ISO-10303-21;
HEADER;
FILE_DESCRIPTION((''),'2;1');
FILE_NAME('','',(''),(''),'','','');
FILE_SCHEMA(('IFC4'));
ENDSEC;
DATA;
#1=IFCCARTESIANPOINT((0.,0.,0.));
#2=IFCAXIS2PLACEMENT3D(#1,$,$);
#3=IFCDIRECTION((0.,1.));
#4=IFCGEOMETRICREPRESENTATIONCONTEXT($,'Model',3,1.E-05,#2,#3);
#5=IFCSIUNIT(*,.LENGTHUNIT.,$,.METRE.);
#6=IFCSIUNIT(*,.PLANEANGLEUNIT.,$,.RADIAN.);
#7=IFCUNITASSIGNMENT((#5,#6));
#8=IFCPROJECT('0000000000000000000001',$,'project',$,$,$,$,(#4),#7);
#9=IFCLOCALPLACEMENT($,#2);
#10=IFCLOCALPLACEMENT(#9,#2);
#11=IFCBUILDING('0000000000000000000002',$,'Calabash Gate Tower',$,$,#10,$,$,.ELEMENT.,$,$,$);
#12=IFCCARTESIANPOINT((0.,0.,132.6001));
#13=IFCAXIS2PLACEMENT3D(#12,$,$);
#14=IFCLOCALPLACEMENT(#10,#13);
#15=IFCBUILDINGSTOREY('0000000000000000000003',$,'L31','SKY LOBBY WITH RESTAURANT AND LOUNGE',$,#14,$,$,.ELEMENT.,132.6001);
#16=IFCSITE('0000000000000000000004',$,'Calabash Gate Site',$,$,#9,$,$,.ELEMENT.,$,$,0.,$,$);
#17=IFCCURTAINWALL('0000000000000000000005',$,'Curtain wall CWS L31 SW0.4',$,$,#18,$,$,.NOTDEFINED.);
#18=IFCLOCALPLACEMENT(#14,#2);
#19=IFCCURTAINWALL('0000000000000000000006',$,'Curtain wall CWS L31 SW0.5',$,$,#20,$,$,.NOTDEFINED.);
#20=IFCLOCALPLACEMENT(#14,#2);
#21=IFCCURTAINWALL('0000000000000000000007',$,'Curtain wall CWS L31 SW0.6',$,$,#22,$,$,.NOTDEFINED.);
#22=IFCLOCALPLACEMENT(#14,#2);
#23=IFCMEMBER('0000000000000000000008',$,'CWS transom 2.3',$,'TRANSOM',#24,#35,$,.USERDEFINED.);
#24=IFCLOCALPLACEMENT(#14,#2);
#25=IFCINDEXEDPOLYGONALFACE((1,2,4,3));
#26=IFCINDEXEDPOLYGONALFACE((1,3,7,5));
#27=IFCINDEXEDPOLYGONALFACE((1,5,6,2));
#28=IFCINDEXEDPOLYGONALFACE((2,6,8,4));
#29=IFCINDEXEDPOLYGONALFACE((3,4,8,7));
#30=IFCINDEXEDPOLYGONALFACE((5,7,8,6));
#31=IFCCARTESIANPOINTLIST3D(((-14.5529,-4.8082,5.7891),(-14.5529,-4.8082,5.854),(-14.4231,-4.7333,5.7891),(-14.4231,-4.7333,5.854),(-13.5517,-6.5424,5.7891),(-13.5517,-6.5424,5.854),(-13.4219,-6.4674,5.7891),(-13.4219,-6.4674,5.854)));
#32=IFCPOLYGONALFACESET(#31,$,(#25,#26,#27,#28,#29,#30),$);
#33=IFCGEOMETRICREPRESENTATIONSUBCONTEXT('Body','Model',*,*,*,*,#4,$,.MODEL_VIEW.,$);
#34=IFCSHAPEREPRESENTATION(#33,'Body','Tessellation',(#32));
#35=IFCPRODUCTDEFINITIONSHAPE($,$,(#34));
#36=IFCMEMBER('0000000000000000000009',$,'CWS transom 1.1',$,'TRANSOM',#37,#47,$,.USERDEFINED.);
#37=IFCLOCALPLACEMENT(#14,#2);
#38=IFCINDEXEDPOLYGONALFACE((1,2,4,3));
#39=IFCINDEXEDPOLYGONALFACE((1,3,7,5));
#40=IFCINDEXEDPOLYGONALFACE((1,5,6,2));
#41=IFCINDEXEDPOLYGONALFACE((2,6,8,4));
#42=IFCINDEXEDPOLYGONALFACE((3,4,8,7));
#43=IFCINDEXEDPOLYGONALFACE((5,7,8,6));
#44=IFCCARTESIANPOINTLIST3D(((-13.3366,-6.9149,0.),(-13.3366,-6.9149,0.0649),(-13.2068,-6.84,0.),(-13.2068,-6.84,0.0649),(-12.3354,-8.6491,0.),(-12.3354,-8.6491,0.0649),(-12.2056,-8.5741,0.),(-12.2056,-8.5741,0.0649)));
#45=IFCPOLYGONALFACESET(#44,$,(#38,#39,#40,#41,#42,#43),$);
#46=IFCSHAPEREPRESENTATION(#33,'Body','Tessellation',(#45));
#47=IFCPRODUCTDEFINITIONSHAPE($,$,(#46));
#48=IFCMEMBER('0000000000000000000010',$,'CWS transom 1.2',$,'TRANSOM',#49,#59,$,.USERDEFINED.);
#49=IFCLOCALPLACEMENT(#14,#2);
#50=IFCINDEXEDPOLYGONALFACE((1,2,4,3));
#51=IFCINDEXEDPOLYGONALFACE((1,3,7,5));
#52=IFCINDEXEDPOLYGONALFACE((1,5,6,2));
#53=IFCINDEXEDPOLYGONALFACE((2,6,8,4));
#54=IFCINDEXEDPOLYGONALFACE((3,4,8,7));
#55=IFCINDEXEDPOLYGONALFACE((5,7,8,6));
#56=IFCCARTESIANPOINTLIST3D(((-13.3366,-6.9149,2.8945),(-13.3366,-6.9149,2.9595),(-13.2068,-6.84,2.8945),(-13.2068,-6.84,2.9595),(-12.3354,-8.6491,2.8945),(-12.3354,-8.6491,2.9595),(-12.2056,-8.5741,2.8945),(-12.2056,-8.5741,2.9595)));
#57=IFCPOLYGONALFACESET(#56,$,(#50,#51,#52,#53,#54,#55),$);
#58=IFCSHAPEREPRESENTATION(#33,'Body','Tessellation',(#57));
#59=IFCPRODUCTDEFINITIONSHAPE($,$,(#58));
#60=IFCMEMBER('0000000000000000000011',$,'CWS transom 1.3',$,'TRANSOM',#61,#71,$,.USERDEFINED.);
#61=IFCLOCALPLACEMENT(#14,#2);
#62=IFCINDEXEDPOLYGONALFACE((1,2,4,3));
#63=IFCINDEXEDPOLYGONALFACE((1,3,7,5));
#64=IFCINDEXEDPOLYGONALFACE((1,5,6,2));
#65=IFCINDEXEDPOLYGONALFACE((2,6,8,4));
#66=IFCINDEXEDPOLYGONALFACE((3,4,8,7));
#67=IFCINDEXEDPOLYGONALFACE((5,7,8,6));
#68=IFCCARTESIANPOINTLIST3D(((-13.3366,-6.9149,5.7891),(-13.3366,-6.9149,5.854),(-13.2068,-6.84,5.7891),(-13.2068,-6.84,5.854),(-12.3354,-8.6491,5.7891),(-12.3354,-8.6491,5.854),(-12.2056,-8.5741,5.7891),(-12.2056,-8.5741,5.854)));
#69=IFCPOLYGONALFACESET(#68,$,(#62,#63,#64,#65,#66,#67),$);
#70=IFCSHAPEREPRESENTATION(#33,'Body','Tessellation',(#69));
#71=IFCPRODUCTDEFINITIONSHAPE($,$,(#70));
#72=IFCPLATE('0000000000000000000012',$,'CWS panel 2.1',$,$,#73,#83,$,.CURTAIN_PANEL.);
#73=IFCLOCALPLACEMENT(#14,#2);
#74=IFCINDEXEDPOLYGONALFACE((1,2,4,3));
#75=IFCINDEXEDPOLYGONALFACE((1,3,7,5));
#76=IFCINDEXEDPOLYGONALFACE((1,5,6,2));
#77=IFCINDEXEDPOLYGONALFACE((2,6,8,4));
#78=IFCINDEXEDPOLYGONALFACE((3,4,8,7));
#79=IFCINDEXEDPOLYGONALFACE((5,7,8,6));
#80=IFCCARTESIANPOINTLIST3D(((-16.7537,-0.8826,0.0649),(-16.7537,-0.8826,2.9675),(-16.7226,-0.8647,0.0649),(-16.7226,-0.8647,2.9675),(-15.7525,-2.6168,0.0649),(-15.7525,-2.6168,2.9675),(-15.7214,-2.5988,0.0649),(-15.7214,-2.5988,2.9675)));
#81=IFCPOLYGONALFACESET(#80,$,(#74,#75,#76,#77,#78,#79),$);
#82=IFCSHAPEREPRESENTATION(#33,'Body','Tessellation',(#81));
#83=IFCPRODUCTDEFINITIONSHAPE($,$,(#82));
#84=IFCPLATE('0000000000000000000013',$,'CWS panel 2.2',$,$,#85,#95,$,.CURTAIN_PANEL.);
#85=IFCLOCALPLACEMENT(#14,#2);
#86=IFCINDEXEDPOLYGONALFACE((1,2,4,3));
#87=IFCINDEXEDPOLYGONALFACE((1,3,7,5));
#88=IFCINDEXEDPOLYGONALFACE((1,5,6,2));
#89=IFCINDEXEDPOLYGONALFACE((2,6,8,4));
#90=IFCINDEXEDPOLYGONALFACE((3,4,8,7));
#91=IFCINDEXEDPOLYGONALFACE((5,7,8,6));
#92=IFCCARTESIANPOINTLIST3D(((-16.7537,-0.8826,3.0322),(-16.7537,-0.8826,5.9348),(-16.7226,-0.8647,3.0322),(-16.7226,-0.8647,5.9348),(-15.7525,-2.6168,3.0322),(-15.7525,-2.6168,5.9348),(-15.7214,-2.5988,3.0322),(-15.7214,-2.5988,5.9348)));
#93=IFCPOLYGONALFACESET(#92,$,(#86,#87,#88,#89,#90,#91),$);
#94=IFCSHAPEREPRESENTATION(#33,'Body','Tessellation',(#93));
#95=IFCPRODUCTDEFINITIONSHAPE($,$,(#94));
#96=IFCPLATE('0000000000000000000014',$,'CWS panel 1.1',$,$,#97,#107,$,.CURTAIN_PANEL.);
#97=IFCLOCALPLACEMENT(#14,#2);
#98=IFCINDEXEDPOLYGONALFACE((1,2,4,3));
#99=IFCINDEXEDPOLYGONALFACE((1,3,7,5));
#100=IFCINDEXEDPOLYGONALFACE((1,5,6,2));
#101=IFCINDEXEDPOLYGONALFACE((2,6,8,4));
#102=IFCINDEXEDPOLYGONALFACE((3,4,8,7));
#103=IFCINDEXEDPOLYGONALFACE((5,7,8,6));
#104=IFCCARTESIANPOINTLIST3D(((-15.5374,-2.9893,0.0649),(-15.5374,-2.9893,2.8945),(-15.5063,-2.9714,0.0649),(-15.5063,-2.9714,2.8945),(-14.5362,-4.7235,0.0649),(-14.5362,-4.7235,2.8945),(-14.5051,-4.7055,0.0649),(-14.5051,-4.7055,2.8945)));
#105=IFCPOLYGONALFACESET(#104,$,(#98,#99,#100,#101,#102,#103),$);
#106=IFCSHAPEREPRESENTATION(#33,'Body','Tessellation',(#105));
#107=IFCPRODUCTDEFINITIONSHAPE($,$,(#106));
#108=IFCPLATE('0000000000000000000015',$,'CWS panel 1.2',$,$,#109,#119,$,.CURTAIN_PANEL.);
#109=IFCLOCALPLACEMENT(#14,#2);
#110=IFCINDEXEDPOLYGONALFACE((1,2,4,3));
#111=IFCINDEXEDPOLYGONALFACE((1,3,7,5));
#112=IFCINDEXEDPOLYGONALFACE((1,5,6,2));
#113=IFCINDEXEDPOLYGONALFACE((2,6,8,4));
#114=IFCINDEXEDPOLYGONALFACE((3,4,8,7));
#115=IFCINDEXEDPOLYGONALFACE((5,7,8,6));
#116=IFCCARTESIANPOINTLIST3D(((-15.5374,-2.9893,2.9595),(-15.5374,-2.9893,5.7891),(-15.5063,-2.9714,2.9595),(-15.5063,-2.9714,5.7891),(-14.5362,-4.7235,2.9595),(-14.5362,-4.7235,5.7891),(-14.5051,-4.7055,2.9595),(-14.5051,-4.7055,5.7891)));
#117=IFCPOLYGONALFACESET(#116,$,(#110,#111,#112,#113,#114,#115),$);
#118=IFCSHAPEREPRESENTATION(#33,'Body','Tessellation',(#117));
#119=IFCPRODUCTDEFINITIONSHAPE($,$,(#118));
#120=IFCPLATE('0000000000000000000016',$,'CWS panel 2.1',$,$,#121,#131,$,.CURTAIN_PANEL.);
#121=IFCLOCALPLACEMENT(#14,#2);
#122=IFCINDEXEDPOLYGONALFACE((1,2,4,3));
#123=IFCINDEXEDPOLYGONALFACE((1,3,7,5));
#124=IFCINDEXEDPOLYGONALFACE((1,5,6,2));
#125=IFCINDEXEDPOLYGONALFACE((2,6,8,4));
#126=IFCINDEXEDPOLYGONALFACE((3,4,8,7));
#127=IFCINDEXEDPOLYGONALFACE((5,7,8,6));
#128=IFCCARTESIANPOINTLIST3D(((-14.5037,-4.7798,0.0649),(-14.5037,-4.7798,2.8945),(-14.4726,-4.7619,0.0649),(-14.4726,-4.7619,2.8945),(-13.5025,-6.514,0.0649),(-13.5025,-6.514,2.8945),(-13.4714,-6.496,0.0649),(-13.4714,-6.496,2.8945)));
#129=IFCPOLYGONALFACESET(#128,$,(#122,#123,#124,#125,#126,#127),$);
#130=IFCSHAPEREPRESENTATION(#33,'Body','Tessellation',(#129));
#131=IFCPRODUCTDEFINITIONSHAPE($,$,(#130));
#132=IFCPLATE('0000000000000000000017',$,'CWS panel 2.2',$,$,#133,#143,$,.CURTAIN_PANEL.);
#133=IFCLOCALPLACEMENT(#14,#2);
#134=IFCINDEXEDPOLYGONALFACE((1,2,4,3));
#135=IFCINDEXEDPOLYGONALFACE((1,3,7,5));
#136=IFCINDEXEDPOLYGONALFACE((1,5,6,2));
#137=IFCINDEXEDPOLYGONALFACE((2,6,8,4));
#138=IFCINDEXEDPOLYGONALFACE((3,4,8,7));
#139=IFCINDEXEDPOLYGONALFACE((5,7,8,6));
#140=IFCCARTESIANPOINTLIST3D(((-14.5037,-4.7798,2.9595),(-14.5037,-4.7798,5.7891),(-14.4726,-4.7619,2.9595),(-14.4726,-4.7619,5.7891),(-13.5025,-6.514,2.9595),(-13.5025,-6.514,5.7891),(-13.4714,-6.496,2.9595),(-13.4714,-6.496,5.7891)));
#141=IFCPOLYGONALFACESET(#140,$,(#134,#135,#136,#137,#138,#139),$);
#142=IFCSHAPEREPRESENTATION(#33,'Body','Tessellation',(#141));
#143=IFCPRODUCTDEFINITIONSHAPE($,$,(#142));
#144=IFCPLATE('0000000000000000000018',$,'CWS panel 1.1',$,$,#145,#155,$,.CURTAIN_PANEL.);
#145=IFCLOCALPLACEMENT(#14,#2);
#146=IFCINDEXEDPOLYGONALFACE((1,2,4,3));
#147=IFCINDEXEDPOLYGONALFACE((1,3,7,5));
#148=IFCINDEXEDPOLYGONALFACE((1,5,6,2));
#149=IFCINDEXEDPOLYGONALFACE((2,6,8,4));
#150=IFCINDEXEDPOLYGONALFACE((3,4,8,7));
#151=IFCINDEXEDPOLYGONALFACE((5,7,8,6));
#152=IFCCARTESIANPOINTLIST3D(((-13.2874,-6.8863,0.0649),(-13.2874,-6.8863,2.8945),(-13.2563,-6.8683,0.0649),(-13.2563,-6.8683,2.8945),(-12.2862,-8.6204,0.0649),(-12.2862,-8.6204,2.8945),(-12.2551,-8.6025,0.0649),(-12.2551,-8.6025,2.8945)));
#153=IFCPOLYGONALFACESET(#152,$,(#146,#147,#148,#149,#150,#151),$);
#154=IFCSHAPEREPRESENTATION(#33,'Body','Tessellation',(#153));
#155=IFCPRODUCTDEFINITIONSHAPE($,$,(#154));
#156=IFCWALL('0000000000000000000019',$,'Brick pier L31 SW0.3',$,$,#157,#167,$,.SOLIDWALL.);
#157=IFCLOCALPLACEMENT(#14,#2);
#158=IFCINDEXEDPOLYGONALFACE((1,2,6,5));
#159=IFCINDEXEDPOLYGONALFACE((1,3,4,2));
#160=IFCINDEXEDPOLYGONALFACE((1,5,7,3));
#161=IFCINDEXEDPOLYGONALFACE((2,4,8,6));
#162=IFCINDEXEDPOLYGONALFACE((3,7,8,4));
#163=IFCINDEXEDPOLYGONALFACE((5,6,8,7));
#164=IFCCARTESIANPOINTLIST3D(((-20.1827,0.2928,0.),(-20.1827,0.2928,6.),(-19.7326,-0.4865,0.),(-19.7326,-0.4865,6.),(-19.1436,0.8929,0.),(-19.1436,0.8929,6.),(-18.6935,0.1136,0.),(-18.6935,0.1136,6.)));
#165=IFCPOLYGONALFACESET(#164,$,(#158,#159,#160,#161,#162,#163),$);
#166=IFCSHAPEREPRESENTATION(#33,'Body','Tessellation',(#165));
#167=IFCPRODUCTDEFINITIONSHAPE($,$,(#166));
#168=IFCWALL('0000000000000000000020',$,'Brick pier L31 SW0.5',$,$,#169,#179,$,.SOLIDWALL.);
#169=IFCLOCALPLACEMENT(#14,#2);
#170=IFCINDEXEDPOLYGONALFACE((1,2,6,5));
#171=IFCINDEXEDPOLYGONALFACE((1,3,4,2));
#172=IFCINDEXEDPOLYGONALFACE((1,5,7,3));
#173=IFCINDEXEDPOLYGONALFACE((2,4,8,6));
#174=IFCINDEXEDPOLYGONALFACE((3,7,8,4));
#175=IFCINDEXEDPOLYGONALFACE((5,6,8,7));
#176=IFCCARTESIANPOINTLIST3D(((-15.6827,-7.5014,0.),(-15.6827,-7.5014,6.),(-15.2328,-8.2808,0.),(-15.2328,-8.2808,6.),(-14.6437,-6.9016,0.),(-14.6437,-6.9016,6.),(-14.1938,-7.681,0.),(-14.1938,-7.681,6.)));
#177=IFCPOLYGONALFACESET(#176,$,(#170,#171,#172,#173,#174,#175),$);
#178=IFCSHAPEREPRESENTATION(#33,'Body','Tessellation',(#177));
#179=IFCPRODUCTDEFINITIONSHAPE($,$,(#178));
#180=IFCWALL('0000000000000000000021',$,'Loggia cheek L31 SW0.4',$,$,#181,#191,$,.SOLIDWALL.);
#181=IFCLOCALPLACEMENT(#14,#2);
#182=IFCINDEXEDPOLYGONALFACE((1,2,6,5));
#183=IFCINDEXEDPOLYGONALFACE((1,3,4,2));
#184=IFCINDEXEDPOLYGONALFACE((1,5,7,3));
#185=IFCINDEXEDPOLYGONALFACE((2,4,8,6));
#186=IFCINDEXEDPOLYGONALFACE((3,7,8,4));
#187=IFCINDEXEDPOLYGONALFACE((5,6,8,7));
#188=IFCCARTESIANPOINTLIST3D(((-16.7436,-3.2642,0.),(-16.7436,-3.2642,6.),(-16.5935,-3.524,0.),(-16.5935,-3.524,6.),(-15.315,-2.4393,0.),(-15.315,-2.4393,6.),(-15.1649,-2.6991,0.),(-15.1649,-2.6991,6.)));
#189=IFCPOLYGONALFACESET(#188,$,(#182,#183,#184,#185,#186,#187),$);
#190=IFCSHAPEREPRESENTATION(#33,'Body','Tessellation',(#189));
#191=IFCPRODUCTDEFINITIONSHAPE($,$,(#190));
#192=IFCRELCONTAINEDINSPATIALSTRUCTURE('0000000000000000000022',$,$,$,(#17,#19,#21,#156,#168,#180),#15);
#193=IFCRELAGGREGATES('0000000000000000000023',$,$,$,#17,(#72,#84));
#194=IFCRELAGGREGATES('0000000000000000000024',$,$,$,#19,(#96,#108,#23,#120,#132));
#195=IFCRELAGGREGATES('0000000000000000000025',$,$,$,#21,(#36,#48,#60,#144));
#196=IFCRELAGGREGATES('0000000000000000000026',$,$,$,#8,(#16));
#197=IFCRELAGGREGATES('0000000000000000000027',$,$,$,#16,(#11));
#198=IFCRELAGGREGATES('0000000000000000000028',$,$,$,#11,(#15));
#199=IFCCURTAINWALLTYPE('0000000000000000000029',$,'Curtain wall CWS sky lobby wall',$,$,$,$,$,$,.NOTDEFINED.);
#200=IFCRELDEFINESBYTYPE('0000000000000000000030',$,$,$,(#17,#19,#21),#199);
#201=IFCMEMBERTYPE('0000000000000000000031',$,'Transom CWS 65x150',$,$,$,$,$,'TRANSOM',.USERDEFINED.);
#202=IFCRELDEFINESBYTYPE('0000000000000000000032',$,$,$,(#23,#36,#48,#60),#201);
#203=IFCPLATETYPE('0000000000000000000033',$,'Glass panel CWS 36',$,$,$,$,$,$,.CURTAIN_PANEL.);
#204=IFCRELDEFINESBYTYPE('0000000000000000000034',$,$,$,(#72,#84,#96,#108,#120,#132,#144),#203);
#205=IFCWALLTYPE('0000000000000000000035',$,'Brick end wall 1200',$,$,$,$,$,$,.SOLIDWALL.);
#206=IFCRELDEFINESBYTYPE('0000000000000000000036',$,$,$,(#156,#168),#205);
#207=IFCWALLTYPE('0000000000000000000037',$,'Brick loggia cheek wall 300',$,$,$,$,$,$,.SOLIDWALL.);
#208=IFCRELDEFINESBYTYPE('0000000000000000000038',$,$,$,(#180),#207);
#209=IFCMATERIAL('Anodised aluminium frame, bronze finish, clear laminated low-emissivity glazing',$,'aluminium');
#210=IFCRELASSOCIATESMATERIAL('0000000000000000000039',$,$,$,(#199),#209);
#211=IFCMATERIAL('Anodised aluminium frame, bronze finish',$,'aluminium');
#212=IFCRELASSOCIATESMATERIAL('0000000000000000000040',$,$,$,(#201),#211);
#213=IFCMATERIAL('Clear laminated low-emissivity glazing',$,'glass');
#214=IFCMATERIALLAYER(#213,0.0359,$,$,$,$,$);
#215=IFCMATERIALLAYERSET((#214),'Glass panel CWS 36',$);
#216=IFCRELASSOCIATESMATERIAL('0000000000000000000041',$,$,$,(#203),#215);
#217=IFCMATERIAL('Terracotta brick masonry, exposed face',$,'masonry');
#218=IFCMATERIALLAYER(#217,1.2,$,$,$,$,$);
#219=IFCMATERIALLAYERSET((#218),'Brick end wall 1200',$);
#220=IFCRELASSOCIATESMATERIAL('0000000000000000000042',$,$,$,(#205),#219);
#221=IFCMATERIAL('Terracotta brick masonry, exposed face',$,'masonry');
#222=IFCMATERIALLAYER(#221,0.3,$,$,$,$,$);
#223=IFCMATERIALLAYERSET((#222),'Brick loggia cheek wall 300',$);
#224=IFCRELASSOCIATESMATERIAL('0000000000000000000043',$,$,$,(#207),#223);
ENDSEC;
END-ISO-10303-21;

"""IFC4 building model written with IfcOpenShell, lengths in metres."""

from ifc_helpers import new_model, si_unit, direction, frame, frame_2d, origin, origin_2d, place, context, subcontext, project, spatial, rectangle, extrude, material, layer, layer_set, material_profile, profile_set, type_object, element, aggregate, save


model = new_model("IFC4")

# Units and contexts
model_context = context("Model", 3, precision=1e-05, world=origin(), true_north=direction((0.0, 1.0)))
body_context = subcontext(model_context, "Body", "Model", "MODEL_VIEW")
ifc_project = project(units=[si_unit("LENGTHUNIT", "METRE"), si_unit("PLANEANGLEUNIT", "RADIAN")], contexts=[model_context])

# Site, building, storey
site_placement = place(None, origin())
site = spatial("IfcSite", under=ifc_project, at=site_placement, Name="Calabash Gate Site", CompositionType="ELEMENT", RefElevation=0.0)
building_placement = place(site_placement, origin())
building = spatial("IfcBuilding", under=site, at=building_placement, Name="Calabash Gate Tower", CompositionType="ELEMENT")
storey_placement = place(building_placement, frame((0.0, 0.0, 132.6001)))
storey = spatial("IfcBuildingStorey", under=building, at=storey_placement, Name="L31", Description="SKY LOBBY WITH RESTAURANT AND LOUNGE", CompositionType="ELEMENT", Elevation=132.6001)

# Curtain walls
ifc_material_1 = material(Name="Anodised aluminium frame, bronze finish, clear laminated low-emissivity glazing", Category="aluminium")
curtain_wall_type = type_object("IfcCurtainWallType", Name="Curtain wall CWS sky lobby wall", PredefinedType="NOTDEFINED", material=ifc_material_1)
curtain_wall_1_placement = place(storey_placement, origin())
curtain_wall_1 = element("IfcCurtainWall", 1, at=curtain_wall_1_placement, inside=storey, type_object=curtain_wall_type, Name="Curtain wall CWS L31 SW0.4", PredefinedType="NOTDEFINED")
curtain_wall_2_placement = place(storey_placement, origin())
curtain_wall_2 = element("IfcCurtainWall", 2, at=curtain_wall_2_placement, inside=storey, type_object=curtain_wall_type, Name="Curtain wall CWS L31 SW0.5", PredefinedType="NOTDEFINED")

# Curtain wall
curtain_wall_3_placement = place(storey_placement, origin())
curtain_wall_3 = element("IfcCurtainWall", 3, at=curtain_wall_3_placement, inside=storey, type_object=curtain_wall_type, Name="Curtain wall CWS L31 SW0.6", PredefinedType="NOTDEFINED")

# Members
ifc_material_2 = material(Name="Anodised aluminium frame, bronze finish", Category="aluminium")
ifc_material_profile_1 = material_profile(ifc_material_2, rectangle(XDim=0.1499, YDim=0.0649, at=origin_2d()))
ifc_profile_set_1 = profile_set([ifc_material_profile_1], Name="Anodised aluminium frame, bronze finish")
member_type_1 = type_object("IfcMemberType", Name="Transom CWS 65x150", ElementType="TRANSOM", PredefinedType="USERDEFINED", material=ifc_profile_set_1)
member_1_placement = place(storey_placement, frame((-14.488, -4.7708, 5.8215), z_axis=(0.500007, -0.866021, 0.0), x_axis=(0.866021, 0.500007, 0.0)))
member_1 = element("IfcMember", 4, at=member_1_placement, type_object=member_type_1, Name="CWS transom 2.3", ObjectType="TRANSOM", PredefinedType="USERDEFINED", context=body_context, shape_type="SweptSolid", body=[
    extrude(rectangle(XDim=0.1499, YDim=0.0649, at=origin_2d()), origin(), (0.0, 0.0, 1.0), 2.0024),
])
member_2_placement = place(storey_placement, frame((-13.2717, -6.8774, 0.0325), z_axis=(0.500007, -0.866021, 0.0), x_axis=(0.866021, 0.500007, 0.0)))
member_2 = element("IfcMember", 5, at=member_2_placement, type_object=member_type_1, Name="CWS transom 1.1", ObjectType="TRANSOM", PredefinedType="USERDEFINED", context=body_context, shape_type="SweptSolid", body=[
    extrude(rectangle(XDim=0.1499, YDim=0.0649, at=origin_2d()), origin(), (0.0, 0.0, 1.0), 2.0024),
])
member_3_placement = place(storey_placement, frame((-13.2717, -6.8774, 2.927), z_axis=(0.500007, -0.866021, 0.0), x_axis=(0.866021, 0.500007, 0.0)))
member_3 = element("IfcMember", 6, at=member_3_placement, type_object=member_type_1, Name="CWS transom 1.2", ObjectType="TRANSOM", PredefinedType="USERDEFINED", context=body_context, shape_type="SweptSolid", body=[
    extrude(rectangle(XDim=0.1499, YDim=0.0649, at=origin_2d()), origin(), (0.0, 0.0, 1.0), 2.0024),
])
member_4_placement = place(storey_placement, frame((-13.2717, -6.8774, 5.8215), z_axis=(0.500007, -0.866021, 0.0), x_axis=(0.866021, 0.500007, 0.0)))
member_4 = element("IfcMember", 7, at=member_4_placement, type_object=member_type_1, Name="CWS transom 1.3", ObjectType="TRANSOM", PredefinedType="USERDEFINED", context=body_context, shape_type="SweptSolid", body=[
    extrude(rectangle(XDim=0.1499, YDim=0.0649, at=origin_2d()), origin(), (0.0, 0.0, 1.0), 2.0024),
])

# Plates
ifc_material_3 = material(Name="Clear laminated low-emissivity glazing", Category="glass")
ifc_layer_1 = layer(ifc_material_3, 0.0359)
ifc_layer_set_1 = layer_set([ifc_layer_1], Name="Glass panel CWS 36")
plate_type = type_object("IfcPlateType", Name="Glass panel CWS 36", PredefinedType="CURTAIN_PANEL", material=ifc_layer_set_1)
plate_1_placement = place(storey_placement, frame((-16.2375, -1.7407, 0.0649), z_axis=(0.0, 0.0, 1.0), x_axis=(0.5, -0.866025, 0.0)))
plate_1 = element("IfcPlate", 8, at=plate_1_placement, type_object=plate_type, Name="CWS panel 2.1", PredefinedType="CURTAIN_PANEL", context=body_context, shape_type="SweptSolid", body=[
    extrude(rectangle(XDim=2.0024, YDim=0.0359, at=origin_2d()), origin(), (0.0, 0.0, 1.0), 2.9026),
])
plate_2_placement = place(storey_placement, frame((-16.2375, -1.7407, 3.0322), z_axis=(0.0, 0.0, 1.0), x_axis=(0.5, -0.866025, 0.0)))
plate_2 = element("IfcPlate", 9, at=plate_2_placement, type_object=plate_type, Name="CWS panel 2.2", PredefinedType="CURTAIN_PANEL", context=body_context, shape_type="SweptSolid", body=[
    extrude(rectangle(XDim=2.0024, YDim=0.0359, at=origin_2d()), origin(), (0.0, 0.0, 1.0), 2.9026),
])
aggregate(curtain_wall_1, [plate_1, plate_2])
plate_3_placement = place(storey_placement, frame((-15.0212, -3.8474, 0.0649), z_axis=(0.0, 0.0, 1.0), x_axis=(0.5, -0.866025, 0.0)))
plate_3 = element("IfcPlate", 10, at=plate_3_placement, type_object=plate_type, Name="CWS panel 1.1", PredefinedType="CURTAIN_PANEL", context=body_context, shape_type="SweptSolid", body=[
    extrude(rectangle(XDim=2.0024, YDim=0.0359, at=origin_2d()), origin(), (0.0, 0.0, 1.0), 2.8296),
])
plate_4_placement = place(storey_placement, frame((-15.0212, -3.8474, 2.9595), z_axis=(0.0, 0.0, 1.0), x_axis=(0.5, -0.866025, 0.0)))
plate_4 = element("IfcPlate", 11, at=plate_4_placement, type_object=plate_type, Name="CWS panel 1.2", PredefinedType="CURTAIN_PANEL", context=body_context, shape_type="SweptSolid", body=[
    extrude(rectangle(XDim=2.0024, YDim=0.0359, at=origin_2d()), origin(), (0.0, 0.0, 1.0), 2.8296),
])
plate_5_placement = place(storey_placement, frame((-13.9875, -5.6379, 0.0649), z_axis=(0.0, 0.0, 1.0), x_axis=(0.5, -0.866025, 0.0)))
plate_5 = element("IfcPlate", 12, at=plate_5_placement, type_object=plate_type, Name="CWS panel 2.1", PredefinedType="CURTAIN_PANEL", context=body_context, shape_type="SweptSolid", body=[
    extrude(rectangle(XDim=2.0024, YDim=0.0359, at=origin_2d()), origin(), (0.0, 0.0, 1.0), 2.8296),
])
plate_6_placement = place(storey_placement, frame((-13.9875, -5.6379, 2.9595), z_axis=(0.0, 0.0, 1.0), x_axis=(0.5, -0.866025, 0.0)))
plate_6 = element("IfcPlate", 13, at=plate_6_placement, type_object=plate_type, Name="CWS panel 2.2", PredefinedType="CURTAIN_PANEL", context=body_context, shape_type="SweptSolid", body=[
    extrude(rectangle(XDim=2.0024, YDim=0.0359, at=origin_2d()), origin(), (0.0, 0.0, 1.0), 2.8296),
])
aggregate(curtain_wall_2, [plate_3, plate_4, member_1, plate_5, plate_6])
plate_7_placement = place(storey_placement, frame((-12.7712, -7.7444, 0.0649), z_axis=(0.0, 0.0, 1.0), x_axis=(0.5, -0.866025, 0.0)))
plate_7 = element("IfcPlate", 14, at=plate_7_placement, type_object=plate_type, Name="CWS panel 1.1", PredefinedType="CURTAIN_PANEL", context=body_context, shape_type="SweptSolid", body=[
    extrude(rectangle(XDim=2.0024, YDim=0.0359, at=origin_2d()), origin(), (0.0, 0.0, 1.0), 2.8296),
])
aggregate(curtain_wall_3, [member_2, member_3, member_4, plate_7])

# Walls
ifc_material_4 = material(Name="Terracotta brick masonry, exposed face", Category="masonry")
ifc_layer_2 = layer(ifc_material_4, 1.2)
ifc_layer_set_2 = layer_set([ifc_layer_2], Name="Brick end wall 1200")
wall_type_1 = type_object("IfcWallType", Name="Brick end wall 1200", PredefinedType="SOLIDWALL", material=ifc_layer_set_2)
wall_1_placement = place(storey_placement, frame((-19.9578, -0.0969, 0.0), z_axis=(0.0, 0.0, 1.0), x_axis=(0.865955, 0.500122, 0.0)))
element("IfcWall", 15, at=wall_1_placement, inside=storey, type_object=wall_type_1, Name="Brick pier L31 SW0.3", PredefinedType="SOLIDWALL", context=body_context, shape_type="SweptSolid", body=[
    extrude(rectangle(XDim=1.2, YDim=0.8999, at=frame_2d((0.6001, 0.0))), origin(), (0.0, 0.0, 1.0), 6.0),
])
wall_2_placement = place(storey_placement, frame((-15.4578, -7.8911, 0.0), z_axis=(0.0, 0.0, 1.0), x_axis=(0.866043, 0.499969, 0.0)))
element("IfcWall", 16, at=wall_2_placement, inside=storey, type_object=wall_type_1, Name="Brick pier L31 SW0.5", PredefinedType="SOLIDWALL", context=body_context, shape_type="SweptSolid", body=[
    extrude(rectangle(XDim=1.1997, YDim=0.8999, at=frame_2d((0.5999, 0.0))), origin(), (0.0, 0.0, 1.0), 6.0),
])
ifc_material_5 = material(Name="Terracotta brick masonry, exposed face", Category="masonry")
ifc_layer_3 = layer(ifc_material_5, 0.3)
ifc_layer_set_3 = layer_set([ifc_layer_3], Name="Brick loggia cheek wall 300")
wall_type_2 = type_object("IfcWallType", Name="Brick loggia cheek wall 300", PredefinedType="SOLIDWALL", material=ifc_layer_set_3)
wall_3_placement = place(storey_placement, frame((-16.6685, -3.394, 0.0), z_axis=(0.0, 0.0, 1.0), x_axis=(0.866003, 0.500038, 0.0)))
element("IfcWall", 17, at=wall_3_placement, inside=storey, type_object=wall_type_2, Name="Loggia cheek L31 SW0.4", PredefinedType="SOLIDWALL", context=body_context, shape_type="SweptSolid", body=[
    extrude(rectangle(XDim=1.6497, YDim=0.3, at=frame_2d((0.8247, 0.0))), origin(), (0.0, 0.0, 1.0), 6.0),
])

save(model, "model.ifc")
